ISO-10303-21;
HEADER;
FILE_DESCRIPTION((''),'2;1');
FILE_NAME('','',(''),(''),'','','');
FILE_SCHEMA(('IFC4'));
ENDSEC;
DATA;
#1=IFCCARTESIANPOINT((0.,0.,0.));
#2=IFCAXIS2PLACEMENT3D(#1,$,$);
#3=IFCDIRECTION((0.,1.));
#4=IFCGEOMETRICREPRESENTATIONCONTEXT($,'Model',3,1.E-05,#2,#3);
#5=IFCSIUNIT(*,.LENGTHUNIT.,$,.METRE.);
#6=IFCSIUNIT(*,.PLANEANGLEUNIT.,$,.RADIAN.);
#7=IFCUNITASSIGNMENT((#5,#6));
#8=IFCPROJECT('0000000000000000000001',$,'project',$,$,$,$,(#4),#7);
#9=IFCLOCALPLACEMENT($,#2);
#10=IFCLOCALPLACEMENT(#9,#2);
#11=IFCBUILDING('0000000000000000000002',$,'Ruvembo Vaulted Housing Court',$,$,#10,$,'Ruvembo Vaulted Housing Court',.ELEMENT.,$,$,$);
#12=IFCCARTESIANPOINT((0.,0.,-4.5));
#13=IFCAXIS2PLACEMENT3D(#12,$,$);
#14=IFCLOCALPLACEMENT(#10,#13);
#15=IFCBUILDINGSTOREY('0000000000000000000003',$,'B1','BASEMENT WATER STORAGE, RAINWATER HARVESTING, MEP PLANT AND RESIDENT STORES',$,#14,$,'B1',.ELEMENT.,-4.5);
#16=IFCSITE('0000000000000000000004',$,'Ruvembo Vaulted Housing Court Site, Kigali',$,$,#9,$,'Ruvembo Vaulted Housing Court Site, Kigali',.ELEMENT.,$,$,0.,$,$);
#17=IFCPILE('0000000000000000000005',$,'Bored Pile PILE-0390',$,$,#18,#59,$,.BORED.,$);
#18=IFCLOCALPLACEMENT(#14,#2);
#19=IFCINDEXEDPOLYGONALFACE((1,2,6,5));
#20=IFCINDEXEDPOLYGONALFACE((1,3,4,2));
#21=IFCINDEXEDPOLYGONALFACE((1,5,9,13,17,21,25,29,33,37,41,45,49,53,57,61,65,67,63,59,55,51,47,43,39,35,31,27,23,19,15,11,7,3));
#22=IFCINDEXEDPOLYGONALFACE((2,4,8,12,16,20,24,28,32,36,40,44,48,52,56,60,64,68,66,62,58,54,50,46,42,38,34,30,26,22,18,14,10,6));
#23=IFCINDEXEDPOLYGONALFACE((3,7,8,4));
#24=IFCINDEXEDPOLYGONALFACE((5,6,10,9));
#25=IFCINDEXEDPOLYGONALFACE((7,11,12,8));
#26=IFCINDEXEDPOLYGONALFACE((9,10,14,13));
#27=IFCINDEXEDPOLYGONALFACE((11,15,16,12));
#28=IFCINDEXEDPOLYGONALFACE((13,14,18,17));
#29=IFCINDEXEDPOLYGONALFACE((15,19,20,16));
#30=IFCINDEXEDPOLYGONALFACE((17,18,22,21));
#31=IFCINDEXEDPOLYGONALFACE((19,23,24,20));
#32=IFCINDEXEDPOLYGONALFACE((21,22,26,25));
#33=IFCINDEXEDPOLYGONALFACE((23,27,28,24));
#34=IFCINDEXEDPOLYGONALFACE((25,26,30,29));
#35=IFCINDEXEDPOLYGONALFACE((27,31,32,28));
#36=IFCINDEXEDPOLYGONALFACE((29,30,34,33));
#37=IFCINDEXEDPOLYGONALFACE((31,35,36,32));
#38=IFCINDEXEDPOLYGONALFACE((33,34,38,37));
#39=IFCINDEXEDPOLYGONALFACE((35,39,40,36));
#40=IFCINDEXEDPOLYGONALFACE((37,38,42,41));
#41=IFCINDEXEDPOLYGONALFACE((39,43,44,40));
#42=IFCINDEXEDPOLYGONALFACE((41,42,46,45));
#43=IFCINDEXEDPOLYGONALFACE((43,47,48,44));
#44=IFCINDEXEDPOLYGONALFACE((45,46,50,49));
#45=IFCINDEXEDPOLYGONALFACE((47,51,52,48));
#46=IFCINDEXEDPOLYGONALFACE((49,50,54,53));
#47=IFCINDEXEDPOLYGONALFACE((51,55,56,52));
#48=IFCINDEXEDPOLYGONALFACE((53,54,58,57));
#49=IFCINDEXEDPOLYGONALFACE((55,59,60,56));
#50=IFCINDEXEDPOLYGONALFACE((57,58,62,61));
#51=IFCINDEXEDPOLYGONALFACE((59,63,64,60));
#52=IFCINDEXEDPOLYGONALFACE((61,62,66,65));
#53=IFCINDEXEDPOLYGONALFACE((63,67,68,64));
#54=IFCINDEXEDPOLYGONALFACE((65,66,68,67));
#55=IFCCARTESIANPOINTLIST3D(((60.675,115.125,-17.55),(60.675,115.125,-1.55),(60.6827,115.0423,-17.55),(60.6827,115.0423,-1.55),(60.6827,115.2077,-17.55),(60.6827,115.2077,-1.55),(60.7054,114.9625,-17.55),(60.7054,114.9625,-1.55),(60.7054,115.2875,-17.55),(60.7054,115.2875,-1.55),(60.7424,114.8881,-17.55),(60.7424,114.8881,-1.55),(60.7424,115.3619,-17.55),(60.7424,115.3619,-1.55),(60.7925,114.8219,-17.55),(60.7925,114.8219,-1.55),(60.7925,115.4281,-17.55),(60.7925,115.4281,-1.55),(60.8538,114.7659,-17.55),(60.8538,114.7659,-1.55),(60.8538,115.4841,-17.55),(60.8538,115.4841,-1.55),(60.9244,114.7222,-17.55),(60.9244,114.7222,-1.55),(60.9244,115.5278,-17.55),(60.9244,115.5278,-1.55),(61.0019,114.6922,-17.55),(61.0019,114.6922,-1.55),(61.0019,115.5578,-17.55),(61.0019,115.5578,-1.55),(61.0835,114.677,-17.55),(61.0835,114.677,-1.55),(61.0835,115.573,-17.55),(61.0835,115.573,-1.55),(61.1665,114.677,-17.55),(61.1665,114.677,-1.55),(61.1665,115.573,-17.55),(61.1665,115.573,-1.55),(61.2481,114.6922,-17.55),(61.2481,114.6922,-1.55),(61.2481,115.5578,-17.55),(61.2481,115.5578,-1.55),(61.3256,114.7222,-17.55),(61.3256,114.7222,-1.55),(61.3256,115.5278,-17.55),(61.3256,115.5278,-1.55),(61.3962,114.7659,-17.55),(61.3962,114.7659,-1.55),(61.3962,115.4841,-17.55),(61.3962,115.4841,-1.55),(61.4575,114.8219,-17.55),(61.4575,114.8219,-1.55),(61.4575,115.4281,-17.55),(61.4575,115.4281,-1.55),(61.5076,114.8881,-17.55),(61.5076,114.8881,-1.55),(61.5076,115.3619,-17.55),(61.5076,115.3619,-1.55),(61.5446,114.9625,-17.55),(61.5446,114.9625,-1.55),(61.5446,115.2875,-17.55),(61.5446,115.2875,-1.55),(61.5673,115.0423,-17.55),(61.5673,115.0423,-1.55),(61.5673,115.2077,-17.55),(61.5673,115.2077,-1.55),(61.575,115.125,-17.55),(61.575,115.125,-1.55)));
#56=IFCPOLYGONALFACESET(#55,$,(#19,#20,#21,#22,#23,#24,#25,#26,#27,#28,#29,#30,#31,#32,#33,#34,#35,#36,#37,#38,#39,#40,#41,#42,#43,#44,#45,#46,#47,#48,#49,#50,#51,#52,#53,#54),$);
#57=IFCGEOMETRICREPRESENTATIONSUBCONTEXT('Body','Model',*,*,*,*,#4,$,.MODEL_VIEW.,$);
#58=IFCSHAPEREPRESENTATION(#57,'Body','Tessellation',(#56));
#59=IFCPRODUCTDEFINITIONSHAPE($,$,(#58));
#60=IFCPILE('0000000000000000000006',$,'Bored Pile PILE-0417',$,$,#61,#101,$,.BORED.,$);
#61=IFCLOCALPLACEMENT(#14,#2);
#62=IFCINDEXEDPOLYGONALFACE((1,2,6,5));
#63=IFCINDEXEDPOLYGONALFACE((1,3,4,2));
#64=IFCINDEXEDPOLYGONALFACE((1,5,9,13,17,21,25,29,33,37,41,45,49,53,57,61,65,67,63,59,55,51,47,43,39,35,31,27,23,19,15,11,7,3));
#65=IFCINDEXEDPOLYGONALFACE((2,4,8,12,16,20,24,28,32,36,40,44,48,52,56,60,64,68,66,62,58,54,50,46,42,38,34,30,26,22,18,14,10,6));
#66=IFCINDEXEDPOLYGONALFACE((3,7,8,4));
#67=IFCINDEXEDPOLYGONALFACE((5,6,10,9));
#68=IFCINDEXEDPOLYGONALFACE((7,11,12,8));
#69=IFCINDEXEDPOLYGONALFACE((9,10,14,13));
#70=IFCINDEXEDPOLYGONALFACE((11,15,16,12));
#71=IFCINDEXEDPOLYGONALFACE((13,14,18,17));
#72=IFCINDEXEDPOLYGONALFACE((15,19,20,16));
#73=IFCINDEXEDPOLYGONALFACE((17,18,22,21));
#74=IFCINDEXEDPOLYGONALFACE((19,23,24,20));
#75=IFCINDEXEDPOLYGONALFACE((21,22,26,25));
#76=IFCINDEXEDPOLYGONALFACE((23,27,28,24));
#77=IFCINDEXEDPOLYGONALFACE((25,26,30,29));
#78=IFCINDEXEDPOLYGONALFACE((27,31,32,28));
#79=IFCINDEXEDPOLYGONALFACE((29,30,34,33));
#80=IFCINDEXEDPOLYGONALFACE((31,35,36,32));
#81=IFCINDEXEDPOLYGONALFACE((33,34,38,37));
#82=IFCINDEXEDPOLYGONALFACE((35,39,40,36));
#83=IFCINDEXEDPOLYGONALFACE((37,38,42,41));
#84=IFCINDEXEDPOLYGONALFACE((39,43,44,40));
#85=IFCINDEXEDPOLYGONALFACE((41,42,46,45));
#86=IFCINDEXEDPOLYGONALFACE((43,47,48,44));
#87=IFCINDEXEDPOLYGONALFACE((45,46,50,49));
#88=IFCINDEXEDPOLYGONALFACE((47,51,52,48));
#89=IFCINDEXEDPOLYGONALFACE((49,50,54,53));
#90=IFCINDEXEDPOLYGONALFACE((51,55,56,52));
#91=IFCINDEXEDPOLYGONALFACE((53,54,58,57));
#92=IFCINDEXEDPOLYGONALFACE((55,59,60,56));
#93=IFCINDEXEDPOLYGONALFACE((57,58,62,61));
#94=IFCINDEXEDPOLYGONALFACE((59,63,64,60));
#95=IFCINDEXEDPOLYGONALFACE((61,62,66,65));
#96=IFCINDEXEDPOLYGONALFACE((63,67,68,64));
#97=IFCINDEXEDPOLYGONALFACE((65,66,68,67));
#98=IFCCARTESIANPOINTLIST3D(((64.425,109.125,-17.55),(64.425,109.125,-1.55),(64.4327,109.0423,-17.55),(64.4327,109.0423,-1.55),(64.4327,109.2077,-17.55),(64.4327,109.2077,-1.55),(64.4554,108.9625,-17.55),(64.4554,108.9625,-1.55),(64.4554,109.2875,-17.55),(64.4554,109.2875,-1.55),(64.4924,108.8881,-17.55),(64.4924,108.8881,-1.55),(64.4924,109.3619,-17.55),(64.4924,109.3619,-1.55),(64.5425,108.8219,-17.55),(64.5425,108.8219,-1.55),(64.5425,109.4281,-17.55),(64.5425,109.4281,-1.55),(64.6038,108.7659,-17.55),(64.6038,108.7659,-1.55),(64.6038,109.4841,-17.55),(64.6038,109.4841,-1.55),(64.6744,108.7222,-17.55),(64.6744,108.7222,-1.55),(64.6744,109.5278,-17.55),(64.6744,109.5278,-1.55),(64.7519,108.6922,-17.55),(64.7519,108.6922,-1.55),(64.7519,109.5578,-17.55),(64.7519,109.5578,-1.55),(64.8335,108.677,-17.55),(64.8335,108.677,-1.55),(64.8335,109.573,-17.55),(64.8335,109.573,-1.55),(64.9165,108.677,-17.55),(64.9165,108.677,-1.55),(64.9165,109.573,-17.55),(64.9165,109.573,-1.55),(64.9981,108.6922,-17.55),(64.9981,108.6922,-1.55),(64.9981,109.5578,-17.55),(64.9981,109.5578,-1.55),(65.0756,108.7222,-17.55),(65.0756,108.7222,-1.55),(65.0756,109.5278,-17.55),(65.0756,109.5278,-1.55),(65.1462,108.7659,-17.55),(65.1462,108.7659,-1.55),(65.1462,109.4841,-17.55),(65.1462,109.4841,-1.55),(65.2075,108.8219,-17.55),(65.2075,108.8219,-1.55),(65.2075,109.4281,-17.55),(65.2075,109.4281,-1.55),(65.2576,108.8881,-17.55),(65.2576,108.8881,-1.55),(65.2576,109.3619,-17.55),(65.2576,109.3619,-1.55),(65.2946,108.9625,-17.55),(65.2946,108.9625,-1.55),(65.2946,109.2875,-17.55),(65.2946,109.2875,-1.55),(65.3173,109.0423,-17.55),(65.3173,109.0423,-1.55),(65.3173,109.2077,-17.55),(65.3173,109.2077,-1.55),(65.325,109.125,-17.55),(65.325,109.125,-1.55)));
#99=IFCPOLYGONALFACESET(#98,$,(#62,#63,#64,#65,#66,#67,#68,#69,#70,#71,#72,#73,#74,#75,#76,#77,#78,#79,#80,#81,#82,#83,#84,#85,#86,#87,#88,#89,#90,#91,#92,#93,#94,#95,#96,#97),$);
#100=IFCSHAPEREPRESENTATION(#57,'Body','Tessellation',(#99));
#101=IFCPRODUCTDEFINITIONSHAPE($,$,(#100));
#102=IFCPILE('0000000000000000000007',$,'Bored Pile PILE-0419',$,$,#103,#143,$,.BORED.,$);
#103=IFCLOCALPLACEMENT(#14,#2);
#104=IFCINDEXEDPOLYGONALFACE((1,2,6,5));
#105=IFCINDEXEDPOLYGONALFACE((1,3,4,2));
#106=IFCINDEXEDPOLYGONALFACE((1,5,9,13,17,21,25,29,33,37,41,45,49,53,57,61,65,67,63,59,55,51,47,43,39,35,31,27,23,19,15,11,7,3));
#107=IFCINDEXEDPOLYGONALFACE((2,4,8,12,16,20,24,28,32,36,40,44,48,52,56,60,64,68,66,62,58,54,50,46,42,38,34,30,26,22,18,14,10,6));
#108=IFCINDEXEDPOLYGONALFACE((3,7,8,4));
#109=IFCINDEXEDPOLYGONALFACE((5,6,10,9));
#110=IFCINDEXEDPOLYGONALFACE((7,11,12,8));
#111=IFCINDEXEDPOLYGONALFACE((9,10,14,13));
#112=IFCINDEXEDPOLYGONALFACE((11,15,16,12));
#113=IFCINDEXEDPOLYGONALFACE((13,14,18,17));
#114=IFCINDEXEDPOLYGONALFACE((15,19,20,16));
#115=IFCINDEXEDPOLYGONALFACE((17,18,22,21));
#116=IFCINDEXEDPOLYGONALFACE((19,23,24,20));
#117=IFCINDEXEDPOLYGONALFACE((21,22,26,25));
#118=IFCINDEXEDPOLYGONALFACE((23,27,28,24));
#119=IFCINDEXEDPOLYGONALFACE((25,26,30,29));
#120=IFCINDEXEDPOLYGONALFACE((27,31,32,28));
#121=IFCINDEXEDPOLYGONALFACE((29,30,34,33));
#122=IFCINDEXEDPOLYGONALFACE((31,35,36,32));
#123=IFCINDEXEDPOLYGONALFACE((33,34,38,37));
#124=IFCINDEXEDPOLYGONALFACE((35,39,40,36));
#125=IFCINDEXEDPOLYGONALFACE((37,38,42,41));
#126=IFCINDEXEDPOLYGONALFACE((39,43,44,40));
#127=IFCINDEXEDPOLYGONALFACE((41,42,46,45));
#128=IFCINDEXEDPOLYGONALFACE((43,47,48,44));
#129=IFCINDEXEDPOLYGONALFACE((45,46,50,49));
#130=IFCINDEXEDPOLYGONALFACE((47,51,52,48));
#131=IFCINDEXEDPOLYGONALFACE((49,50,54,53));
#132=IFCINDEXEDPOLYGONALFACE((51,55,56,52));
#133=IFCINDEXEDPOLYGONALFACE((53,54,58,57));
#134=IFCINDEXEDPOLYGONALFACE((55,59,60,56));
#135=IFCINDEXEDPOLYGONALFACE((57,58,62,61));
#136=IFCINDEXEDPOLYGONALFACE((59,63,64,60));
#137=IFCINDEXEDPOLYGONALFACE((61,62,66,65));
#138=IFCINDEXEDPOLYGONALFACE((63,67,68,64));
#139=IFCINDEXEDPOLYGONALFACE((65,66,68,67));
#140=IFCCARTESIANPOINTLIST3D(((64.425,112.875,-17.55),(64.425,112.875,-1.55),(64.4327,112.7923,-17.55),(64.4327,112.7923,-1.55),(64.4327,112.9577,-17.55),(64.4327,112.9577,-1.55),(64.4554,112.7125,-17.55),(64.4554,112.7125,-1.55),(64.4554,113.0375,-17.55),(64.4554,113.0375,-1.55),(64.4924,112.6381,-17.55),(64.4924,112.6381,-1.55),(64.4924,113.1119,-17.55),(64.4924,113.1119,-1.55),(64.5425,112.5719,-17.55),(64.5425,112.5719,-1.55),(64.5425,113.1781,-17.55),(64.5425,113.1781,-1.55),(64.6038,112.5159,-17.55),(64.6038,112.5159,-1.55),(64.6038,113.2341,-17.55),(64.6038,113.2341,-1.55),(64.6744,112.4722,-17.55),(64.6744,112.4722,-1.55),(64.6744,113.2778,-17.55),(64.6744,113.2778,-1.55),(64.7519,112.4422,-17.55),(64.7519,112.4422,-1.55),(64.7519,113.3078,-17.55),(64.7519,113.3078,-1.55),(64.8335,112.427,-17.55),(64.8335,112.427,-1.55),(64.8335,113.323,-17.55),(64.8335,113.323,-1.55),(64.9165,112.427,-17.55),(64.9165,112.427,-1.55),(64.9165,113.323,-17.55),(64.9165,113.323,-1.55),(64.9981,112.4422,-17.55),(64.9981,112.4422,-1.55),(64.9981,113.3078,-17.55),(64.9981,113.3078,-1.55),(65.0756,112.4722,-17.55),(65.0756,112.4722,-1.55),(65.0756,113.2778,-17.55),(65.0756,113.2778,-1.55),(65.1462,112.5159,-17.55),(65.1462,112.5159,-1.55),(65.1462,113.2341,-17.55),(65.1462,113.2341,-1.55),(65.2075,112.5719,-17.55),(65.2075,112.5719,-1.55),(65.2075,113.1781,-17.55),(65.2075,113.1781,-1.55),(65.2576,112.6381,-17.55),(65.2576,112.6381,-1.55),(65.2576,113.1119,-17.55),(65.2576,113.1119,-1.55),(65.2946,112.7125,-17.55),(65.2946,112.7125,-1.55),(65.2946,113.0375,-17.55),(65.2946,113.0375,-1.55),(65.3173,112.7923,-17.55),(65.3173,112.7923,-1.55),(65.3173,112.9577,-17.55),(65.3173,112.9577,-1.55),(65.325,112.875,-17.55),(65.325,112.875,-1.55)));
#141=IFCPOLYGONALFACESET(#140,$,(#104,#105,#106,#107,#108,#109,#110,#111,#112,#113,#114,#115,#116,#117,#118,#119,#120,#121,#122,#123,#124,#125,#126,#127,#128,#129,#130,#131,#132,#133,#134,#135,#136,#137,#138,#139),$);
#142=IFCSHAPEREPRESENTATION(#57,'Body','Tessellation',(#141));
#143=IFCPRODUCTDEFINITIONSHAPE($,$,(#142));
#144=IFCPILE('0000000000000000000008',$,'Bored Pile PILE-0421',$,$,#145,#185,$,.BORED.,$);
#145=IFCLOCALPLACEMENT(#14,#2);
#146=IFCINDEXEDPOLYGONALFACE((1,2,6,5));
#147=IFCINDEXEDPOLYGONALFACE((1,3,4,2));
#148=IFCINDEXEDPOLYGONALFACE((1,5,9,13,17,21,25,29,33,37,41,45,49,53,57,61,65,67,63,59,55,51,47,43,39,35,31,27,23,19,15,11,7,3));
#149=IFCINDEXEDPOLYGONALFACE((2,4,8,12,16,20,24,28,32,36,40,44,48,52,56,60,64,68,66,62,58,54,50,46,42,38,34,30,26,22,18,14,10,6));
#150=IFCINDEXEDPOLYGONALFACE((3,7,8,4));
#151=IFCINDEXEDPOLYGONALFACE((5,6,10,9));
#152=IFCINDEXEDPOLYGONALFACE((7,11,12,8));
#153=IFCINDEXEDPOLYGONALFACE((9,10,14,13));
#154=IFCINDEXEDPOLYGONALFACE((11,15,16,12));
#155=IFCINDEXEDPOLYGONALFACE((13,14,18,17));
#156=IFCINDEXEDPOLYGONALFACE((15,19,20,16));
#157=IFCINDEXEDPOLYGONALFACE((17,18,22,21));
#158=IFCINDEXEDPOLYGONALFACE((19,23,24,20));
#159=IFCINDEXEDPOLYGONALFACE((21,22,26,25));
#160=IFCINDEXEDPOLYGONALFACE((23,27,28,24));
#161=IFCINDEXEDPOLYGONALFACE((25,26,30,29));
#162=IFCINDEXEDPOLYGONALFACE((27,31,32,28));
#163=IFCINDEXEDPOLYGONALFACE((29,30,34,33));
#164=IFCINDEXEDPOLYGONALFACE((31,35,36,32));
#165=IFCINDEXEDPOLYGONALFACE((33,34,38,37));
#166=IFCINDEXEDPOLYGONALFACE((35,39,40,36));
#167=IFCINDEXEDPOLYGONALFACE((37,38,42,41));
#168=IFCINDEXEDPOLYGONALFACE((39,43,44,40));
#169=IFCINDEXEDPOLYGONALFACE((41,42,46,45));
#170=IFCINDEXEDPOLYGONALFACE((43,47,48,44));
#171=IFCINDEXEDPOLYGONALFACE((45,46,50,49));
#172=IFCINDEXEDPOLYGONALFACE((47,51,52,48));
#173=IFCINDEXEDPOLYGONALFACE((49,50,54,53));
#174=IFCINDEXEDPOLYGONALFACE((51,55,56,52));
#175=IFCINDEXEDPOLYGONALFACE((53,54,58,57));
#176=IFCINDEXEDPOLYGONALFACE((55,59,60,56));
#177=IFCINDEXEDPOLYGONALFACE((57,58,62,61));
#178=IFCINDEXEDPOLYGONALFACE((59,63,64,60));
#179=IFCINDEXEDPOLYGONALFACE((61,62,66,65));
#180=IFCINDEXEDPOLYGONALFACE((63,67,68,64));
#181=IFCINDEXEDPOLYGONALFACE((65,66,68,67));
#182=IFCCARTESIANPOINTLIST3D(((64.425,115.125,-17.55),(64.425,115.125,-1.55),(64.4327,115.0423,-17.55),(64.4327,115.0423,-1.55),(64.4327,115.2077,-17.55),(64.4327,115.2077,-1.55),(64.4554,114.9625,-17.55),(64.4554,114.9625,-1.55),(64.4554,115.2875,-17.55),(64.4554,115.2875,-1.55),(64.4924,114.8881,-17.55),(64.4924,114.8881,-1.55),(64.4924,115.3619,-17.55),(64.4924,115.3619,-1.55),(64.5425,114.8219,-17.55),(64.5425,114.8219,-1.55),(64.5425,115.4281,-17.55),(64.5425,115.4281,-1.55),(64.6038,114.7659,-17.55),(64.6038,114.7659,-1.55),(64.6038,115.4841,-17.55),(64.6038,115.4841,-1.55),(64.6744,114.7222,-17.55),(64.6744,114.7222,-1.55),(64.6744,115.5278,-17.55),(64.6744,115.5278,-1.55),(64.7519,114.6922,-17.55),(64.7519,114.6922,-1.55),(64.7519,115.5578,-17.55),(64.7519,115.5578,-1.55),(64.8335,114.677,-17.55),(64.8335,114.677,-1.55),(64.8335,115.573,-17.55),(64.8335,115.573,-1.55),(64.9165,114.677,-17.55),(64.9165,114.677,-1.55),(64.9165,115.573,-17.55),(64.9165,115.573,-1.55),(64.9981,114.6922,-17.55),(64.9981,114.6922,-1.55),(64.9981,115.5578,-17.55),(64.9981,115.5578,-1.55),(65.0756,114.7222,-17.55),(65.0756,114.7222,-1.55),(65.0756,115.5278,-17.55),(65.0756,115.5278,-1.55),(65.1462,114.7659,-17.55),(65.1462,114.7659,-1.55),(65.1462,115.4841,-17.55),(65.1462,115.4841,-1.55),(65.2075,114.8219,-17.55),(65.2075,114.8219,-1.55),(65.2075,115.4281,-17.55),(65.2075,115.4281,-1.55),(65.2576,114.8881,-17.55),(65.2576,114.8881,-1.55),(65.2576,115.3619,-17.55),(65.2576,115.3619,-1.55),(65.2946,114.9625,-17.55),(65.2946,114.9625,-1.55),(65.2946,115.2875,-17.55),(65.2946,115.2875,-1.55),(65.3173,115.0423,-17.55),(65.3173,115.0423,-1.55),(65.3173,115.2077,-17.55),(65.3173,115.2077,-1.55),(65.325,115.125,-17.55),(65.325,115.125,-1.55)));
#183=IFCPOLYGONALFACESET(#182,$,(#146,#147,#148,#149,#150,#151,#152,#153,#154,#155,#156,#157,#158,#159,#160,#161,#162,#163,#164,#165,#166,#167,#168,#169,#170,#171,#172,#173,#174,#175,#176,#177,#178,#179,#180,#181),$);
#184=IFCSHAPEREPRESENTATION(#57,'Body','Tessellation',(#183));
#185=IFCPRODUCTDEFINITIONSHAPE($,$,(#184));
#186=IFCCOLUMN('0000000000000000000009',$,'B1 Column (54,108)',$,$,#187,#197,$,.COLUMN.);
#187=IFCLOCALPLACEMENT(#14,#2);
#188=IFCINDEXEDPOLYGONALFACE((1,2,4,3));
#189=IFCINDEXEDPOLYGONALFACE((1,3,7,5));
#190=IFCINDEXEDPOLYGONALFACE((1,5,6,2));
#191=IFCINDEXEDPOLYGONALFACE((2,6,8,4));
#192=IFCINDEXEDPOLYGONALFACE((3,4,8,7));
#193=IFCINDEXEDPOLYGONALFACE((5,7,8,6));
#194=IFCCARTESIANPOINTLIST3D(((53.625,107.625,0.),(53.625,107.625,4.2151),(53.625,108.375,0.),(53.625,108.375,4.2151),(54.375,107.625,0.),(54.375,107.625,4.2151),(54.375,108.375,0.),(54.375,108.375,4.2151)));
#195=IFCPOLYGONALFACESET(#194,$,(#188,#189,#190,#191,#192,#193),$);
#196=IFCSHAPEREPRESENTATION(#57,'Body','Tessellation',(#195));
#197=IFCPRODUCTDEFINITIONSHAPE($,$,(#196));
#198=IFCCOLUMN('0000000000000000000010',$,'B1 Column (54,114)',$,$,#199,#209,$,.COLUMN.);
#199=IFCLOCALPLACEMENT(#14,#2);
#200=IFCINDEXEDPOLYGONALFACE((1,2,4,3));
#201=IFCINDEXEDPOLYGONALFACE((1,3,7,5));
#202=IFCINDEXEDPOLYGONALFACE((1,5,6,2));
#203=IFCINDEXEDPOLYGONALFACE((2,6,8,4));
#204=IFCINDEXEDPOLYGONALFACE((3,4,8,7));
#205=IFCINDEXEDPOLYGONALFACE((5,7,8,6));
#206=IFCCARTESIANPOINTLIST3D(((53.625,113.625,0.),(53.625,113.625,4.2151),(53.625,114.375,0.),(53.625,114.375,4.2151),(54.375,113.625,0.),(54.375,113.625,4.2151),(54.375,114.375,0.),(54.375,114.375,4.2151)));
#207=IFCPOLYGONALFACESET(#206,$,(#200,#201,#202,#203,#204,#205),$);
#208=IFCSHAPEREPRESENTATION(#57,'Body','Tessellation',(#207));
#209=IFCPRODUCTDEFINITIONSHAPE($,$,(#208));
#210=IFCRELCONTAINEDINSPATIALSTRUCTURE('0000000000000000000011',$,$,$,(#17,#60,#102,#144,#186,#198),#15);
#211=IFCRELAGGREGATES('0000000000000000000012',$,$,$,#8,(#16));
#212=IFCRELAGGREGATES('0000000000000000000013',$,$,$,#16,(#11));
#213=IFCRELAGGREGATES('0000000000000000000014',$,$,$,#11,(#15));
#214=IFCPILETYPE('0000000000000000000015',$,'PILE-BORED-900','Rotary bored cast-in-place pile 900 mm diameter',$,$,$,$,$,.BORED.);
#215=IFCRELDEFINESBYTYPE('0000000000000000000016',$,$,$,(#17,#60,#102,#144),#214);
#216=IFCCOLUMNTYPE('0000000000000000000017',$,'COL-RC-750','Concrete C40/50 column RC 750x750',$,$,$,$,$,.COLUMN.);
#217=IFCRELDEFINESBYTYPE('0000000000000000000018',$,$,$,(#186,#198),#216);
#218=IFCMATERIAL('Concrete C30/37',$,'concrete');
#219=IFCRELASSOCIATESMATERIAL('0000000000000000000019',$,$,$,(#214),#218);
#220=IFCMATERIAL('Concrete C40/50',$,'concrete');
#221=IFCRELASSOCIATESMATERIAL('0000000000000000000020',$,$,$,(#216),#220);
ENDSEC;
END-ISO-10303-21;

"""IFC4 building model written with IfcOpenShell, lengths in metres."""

from ifc_helpers import new_model, si_unit, direction, frame, origin, origin_2d, place, context, subcontext, project, spatial, rectangle, circle, extrude, material, material_profile, profile_set, type_object, element, save


model = new_model("IFC4")

# Units and contexts
model_context = context("Model", 3, precision=1e-05, world=origin(), true_north=direction((0.0, 1.0)))
body_context = subcontext(model_context, "Body", "Model", "MODEL_VIEW")
ifc_project = project(units=[si_unit("LENGTHUNIT", "METRE"), si_unit("PLANEANGLEUNIT", "RADIAN")], contexts=[model_context])

# Site, building, storey
site_placement = place(None, origin())
site = spatial("IfcSite", under=ifc_project, at=site_placement, Name="Ruvembo Vaulted Housing Court Site, Kigali", LongName="Ruvembo Vaulted Housing Court Site, Kigali", CompositionType="ELEMENT", RefElevation=0.0)
building_placement = place(site_placement, origin())
building = spatial("IfcBuilding", under=site, at=building_placement, Name="Ruvembo Vaulted Housing Court", LongName="Ruvembo Vaulted Housing Court", CompositionType="ELEMENT")
storey_placement = place(building_placement, frame((0.0, 0.0, -4.5)))
storey = spatial("IfcBuildingStorey", under=building, at=storey_placement, Name="B1", Description="BASEMENT WATER STORAGE, RAINWATER HARVESTING, MEP PLANT AND RESIDENT STORES", LongName="B1", CompositionType="ELEMENT", Elevation=-4.5)

# Piles
ifc_material_1 = material(Name="Concrete C30/37", Category="concrete")
ifc_material_profile_1 = material_profile(ifc_material_1, circle(Radius=0.45, at=origin_2d()), Name="PILE D900")
ifc_profile_set_1 = profile_set([ifc_material_profile_1], Name="Concrete C30/37")
pile_type = type_object("IfcPileType", Name="PILE-BORED-900", Description="Rotary bored cast-in-place pile 900 mm diameter", PredefinedType="BORED", material=ifc_profile_set_1)
for number, where, z_axis, x_axis, name in (
    (1, (61.125, 115.125, -1.55), (0.0, 0.0, -1.0), (1.0, 0.0, 0.0), "Bored Pile PILE-0390"),
    (2, (64.875, 109.125, -1.55), (0.0, 0.0, -1.0), (1.0, 0.0, 0.0), "Bored Pile PILE-0417"),
    (3, (64.875, 112.875, -1.55), (0.0, 0.0, -1.0), (1.0, 0.0, 0.0), "Bored Pile PILE-0419"),
    (4, (64.875, 115.125, -1.55), (0.0, 0.0, -1.0), (1.0, 0.0, 0.0), "Bored Pile PILE-0421"),
):
    element("IfcPile", number, at=place(storey_placement, frame(where, z_axis=z_axis, x_axis=x_axis)), inside=storey, type_object=pile_type, Name=name, PredefinedType="BORED", context=body_context, shape_type="SweptSolid", body=[
        extrude(circle(Radius=0.45, at=origin_2d()), origin(), (0.0, 0.0, 1.0), 16.0),
    ])

# Columns
ifc_material_2 = material(Name="Concrete C40/50", Category="concrete")
ifc_material_profile_2 = material_profile(ifc_material_2, rectangle(XDim=0.75, YDim=0.75, at=origin_2d()), Name="RC 750x750")
ifc_profile_set_2 = profile_set([ifc_material_profile_2], Name="Concrete C40/50")
column_type = type_object("IfcColumnType", Name="COL-RC-750", Description="Concrete C40/50 column RC 750x750", PredefinedType="COLUMN", material=ifc_profile_set_2)
for number, where, z_axis, x_axis, name in (
    (5, (54.0, 108.0, 0.0), (0.0, 0.0, 1.0), (1.0, 0.0, 0.0), "B1 Column (54,108)"),
    (6, (54.0, 114.0, 0.0), (0.0, 0.0, 1.0), (1.0, 0.0, 0.0), "B1 Column (54,114)"),
):
    element("IfcColumn", number, at=place(storey_placement, frame(where, z_axis=z_axis, x_axis=x_axis)), inside=storey, type_object=column_type, Name=name, PredefinedType="COLUMN", context=body_context, shape_type="SweptSolid", body=[
        extrude(rectangle(XDim=0.75, YDim=0.75, at=origin_2d()), origin(), (0.0, 0.0, 1.0), 4.2151),
    ])

save(model, "model.ifc")
